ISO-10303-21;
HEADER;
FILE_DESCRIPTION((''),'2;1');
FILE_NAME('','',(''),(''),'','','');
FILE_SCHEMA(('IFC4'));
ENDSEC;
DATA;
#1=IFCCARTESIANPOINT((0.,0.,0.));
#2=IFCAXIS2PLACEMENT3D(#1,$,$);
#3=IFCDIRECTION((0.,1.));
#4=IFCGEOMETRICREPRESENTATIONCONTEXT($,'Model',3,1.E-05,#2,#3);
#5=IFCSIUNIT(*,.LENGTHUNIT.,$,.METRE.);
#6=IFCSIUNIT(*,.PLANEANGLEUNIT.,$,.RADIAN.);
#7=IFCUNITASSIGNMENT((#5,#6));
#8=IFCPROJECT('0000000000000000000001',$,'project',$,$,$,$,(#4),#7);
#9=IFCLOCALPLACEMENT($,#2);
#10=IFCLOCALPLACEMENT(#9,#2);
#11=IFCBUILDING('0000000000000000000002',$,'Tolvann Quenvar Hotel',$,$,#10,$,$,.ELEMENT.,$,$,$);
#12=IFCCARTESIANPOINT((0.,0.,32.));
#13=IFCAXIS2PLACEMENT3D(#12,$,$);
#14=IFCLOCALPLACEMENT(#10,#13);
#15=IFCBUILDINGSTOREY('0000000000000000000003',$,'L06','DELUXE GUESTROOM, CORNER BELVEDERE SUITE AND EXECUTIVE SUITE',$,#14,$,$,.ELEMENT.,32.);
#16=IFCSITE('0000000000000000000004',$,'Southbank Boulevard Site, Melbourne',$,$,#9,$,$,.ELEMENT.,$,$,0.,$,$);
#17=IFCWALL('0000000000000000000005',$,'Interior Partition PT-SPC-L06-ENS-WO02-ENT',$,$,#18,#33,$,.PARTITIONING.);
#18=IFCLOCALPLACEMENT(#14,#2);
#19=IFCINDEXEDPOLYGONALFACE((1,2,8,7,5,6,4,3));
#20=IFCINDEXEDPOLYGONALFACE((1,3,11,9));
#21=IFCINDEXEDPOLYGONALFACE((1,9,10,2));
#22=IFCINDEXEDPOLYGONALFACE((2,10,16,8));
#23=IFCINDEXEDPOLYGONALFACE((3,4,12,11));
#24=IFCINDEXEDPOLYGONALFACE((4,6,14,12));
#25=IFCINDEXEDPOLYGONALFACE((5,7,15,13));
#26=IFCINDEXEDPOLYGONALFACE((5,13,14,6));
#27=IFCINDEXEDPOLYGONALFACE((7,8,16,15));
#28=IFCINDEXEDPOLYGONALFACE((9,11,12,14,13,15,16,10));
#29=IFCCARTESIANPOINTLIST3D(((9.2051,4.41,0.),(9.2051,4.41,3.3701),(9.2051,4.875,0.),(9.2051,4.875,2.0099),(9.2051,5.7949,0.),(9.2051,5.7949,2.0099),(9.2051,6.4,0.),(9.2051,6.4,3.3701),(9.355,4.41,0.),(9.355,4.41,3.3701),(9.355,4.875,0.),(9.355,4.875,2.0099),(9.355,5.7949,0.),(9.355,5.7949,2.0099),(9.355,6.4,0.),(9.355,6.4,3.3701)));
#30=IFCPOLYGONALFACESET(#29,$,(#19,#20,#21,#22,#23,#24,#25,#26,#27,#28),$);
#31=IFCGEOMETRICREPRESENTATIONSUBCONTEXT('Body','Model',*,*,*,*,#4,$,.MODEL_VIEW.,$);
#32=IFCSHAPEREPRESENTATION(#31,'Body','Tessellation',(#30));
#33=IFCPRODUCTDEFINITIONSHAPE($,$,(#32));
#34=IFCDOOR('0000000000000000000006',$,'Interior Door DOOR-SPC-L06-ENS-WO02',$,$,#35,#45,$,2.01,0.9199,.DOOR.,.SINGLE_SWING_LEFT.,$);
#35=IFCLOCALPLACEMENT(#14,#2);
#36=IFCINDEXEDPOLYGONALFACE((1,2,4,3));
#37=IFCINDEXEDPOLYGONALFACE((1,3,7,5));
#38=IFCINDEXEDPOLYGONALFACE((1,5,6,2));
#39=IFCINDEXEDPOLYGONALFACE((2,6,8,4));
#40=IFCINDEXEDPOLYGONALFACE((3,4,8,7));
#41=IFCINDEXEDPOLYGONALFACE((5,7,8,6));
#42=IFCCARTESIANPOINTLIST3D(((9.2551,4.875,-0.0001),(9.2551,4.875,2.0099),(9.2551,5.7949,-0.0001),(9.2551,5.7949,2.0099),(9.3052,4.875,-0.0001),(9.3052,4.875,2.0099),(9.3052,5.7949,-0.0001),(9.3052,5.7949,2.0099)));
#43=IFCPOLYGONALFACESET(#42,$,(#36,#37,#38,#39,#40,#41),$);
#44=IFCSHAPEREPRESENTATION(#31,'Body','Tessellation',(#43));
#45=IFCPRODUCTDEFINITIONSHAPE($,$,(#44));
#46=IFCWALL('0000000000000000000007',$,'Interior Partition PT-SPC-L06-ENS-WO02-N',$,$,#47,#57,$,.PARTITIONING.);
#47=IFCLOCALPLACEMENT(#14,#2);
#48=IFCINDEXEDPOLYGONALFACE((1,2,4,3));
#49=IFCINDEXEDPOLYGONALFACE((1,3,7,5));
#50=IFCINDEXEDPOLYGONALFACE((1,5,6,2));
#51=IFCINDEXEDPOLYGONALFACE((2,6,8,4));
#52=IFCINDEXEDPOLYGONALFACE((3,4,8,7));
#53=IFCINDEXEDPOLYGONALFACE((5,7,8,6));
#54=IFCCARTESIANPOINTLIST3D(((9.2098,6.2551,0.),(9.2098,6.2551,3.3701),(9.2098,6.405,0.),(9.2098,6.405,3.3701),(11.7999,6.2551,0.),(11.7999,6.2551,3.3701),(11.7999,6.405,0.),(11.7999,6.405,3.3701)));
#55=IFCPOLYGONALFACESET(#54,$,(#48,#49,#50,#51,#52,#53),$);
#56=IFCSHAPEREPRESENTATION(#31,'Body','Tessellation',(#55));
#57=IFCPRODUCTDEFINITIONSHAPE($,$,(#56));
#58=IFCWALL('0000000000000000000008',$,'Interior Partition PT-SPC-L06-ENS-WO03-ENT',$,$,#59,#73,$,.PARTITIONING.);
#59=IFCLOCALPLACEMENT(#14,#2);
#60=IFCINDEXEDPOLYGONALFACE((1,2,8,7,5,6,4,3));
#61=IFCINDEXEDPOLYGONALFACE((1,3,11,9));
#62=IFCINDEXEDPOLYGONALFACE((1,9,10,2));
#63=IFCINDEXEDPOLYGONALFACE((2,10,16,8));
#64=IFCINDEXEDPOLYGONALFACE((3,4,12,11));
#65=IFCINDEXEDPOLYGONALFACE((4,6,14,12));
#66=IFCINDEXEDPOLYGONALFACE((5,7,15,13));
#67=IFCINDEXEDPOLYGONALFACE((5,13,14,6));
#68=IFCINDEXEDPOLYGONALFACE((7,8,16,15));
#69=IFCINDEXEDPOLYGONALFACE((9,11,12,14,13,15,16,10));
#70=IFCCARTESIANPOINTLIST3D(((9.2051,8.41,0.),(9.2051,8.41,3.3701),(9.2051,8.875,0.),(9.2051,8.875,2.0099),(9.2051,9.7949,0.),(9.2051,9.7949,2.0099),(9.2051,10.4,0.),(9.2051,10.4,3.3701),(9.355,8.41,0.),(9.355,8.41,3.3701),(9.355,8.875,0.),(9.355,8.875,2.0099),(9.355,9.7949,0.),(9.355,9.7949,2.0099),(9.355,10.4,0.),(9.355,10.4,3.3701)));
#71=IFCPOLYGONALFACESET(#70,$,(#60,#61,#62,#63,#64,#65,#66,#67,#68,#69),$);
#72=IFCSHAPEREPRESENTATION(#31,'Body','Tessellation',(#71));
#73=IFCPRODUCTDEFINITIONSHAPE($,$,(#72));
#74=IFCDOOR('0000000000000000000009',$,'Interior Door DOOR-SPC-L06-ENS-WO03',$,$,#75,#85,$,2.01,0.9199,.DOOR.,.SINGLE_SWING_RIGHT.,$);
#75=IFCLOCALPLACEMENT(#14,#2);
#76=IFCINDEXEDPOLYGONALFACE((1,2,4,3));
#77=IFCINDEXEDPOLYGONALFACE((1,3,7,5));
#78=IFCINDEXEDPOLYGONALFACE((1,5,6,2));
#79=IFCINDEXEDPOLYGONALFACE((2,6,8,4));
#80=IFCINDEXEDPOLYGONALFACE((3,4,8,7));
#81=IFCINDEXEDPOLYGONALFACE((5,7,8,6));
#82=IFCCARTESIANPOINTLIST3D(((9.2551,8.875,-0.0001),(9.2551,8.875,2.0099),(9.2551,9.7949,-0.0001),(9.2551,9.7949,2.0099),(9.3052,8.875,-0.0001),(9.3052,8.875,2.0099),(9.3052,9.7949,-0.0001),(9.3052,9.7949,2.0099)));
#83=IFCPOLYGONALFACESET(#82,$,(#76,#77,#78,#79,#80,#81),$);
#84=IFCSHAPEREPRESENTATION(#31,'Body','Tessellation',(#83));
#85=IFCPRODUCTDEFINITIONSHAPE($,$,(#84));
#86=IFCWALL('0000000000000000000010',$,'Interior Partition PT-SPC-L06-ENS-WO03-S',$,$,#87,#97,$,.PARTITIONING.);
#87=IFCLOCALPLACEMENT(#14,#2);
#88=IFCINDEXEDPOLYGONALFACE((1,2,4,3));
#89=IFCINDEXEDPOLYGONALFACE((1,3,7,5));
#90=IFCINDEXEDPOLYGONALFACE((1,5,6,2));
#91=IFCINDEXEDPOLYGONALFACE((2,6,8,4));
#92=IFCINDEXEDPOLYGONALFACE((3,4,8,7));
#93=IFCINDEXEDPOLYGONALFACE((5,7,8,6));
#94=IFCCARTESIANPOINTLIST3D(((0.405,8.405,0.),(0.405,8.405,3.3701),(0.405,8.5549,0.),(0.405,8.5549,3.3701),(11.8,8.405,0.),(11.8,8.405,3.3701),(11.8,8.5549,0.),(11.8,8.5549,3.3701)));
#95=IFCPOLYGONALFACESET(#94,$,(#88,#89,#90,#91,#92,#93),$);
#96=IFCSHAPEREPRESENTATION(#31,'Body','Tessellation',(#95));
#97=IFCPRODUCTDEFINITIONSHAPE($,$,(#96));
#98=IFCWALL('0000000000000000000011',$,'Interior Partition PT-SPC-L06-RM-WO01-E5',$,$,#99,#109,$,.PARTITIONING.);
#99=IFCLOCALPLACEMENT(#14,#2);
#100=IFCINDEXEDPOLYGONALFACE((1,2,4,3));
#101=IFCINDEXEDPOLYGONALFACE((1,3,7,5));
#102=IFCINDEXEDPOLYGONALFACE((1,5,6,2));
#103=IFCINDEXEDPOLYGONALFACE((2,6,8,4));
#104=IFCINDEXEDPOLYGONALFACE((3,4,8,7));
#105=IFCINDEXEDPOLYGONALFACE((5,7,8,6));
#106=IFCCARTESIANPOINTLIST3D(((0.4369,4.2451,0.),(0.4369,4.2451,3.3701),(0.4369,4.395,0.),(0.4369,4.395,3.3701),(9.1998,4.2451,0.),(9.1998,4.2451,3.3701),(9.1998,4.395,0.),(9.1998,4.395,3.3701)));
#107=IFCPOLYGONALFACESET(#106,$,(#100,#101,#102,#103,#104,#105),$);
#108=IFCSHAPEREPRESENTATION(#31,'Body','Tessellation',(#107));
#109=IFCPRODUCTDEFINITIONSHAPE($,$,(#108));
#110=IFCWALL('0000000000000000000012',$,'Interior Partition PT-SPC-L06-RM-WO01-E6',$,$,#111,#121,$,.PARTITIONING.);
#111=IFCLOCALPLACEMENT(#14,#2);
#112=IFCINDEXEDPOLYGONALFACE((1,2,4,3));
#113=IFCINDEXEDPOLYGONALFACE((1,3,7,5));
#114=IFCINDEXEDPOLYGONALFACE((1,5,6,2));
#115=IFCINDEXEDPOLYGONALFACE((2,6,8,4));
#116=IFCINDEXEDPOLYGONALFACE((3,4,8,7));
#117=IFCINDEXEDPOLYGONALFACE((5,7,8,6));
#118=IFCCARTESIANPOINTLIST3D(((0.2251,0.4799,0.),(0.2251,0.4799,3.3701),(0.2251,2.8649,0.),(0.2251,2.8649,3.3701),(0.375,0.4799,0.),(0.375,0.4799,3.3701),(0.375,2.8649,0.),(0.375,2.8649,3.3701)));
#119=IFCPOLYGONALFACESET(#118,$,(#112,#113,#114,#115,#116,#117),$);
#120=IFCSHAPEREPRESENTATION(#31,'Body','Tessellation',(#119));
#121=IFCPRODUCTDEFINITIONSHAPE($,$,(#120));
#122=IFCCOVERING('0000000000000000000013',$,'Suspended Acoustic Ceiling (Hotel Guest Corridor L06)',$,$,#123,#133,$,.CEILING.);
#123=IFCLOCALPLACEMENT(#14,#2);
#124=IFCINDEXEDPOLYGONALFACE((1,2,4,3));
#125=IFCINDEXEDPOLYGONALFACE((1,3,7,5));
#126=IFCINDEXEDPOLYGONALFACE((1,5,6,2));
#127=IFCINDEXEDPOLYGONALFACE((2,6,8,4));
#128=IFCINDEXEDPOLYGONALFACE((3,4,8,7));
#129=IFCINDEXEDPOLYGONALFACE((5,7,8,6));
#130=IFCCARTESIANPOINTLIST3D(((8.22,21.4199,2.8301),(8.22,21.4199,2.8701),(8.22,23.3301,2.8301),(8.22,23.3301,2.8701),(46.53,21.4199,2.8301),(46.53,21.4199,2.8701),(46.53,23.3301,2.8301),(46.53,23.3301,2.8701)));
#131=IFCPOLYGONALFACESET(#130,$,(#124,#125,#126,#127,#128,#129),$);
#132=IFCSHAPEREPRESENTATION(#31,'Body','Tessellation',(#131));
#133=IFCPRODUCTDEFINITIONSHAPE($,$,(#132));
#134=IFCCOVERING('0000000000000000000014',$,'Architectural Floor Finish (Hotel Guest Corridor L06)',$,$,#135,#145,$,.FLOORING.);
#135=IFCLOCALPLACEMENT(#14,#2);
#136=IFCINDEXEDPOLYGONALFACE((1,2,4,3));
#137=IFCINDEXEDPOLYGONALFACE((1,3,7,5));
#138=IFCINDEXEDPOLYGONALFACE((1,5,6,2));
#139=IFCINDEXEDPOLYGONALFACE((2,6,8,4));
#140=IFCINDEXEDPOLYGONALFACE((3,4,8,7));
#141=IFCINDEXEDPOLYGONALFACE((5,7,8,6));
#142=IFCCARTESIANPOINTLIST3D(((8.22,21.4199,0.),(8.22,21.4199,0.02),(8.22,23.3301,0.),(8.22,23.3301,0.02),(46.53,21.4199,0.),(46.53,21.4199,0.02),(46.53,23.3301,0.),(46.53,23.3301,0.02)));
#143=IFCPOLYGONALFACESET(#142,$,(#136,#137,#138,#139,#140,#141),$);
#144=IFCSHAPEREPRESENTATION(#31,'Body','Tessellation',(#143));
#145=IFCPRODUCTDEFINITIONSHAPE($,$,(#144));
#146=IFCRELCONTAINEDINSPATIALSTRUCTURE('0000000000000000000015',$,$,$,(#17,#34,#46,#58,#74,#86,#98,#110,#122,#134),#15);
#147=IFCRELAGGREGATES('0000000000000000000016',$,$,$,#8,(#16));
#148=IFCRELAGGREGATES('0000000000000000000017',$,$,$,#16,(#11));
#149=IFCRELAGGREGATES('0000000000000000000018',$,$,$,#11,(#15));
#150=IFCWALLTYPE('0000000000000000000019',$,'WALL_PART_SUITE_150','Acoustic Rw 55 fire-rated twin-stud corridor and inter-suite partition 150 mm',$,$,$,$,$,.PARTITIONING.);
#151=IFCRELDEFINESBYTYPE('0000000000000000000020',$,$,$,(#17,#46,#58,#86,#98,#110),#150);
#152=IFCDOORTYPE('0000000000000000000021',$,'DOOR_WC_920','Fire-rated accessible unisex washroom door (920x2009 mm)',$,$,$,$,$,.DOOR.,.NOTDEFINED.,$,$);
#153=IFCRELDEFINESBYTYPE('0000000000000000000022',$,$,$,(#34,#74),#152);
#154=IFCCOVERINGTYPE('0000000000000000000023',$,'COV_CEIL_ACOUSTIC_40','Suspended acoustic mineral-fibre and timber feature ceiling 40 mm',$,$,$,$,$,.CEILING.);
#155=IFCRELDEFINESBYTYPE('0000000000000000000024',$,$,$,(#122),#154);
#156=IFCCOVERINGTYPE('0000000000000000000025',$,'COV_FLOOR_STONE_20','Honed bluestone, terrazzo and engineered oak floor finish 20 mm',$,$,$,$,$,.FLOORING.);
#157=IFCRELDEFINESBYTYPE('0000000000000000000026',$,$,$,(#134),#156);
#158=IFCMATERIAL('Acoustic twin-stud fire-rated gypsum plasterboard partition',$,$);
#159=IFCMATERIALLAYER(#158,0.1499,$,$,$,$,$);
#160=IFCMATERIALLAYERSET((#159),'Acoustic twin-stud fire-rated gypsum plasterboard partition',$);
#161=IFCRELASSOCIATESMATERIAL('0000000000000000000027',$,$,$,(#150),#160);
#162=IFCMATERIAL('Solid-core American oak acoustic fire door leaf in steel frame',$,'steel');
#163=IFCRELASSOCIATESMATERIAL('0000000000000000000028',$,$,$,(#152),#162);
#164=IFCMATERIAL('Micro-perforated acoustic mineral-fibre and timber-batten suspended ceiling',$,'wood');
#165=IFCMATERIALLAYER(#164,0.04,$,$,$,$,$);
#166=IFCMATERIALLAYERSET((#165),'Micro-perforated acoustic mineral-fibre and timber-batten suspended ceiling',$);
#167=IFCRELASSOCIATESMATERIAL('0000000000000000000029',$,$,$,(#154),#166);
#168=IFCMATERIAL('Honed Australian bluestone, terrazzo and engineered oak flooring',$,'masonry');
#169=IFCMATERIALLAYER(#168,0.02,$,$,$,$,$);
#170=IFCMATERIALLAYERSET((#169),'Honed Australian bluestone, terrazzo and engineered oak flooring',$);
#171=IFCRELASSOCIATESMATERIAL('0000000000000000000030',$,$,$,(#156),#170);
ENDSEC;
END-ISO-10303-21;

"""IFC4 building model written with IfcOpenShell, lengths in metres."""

from ifc_helpers import new_model, si_unit, direction, frame, frame_2d, origin, place, context, subcontext, project, spatial, polyline, rectangle, outline, extrude, source, transform, mapped, material, layer, layer_set, type_object, type_shapes, element, fill, save


model = new_model("IFC4")

# Units and contexts
model_context = context("Model", 3, precision=1e-05, world=origin(), true_north=direction((0.0, 1.0)))
body_context = subcontext(model_context, "Body", "Model", "MODEL_VIEW")
ifc_project = project(units=[si_unit("LENGTHUNIT", "METRE"), si_unit("PLANEANGLEUNIT", "RADIAN")], contexts=[model_context])

# Site, building, storey
site_placement = place(None, origin())
site = spatial("IfcSite", under=ifc_project, at=site_placement, Name="Southbank Boulevard Site, Melbourne", CompositionType="ELEMENT", RefElevation=0.0)
building_placement = place(site_placement, origin())
building = spatial("IfcBuilding", under=site, at=building_placement, Name="Tolvann Quenvar Hotel", CompositionType="ELEMENT")
storey_placement = place(building_placement, frame((0.0, 0.0, 32.0)))
storey = spatial("IfcBuildingStorey", under=building, at=storey_placement, Name="L06", Description="DELUXE GUESTROOM, CORNER BELVEDERE SUITE AND EXECUTIVE SUITE", CompositionType="ELEMENT", Elevation=32.0)

# Shared definitions
ifc_material_1 = material(Name="Acoustic twin-stud fire-rated gypsum plasterboard partition")
ifc_layer_1 = layer(ifc_material_1, 0.1499)
ifc_layer_set_1 = layer_set([ifc_layer_1], Name="Acoustic twin-stud fire-rated gypsum plasterboard partition")
wall_type_1 = type_object("IfcWallType", Name="WALL_PART_SUITE_150", Description="Acoustic Rw 55 fire-rated twin-stud corridor and inter-suite partition 150 mm", PredefinedType="PARTITIONING", material=ifc_layer_set_1)
ifc_material_2 = material(Name="Solid-core American oak acoustic fire door leaf in steel frame", Category="steel")
door_type = type_object("IfcDoorType", Name="DOOR_WC_920", Description="Fire-rated accessible unisex washroom door (920x2009 mm)", OperationType="NOTDEFINED", PredefinedType="DOOR", material=ifc_material_2)
shared_shape_1 = source(origin(), body_context, "Body", "SweptSolid", [
    extrude(rectangle(XDim=0.9199, YDim=2.01, at=frame_2d((0.46, 1.0049))), frame((0.0, 0.0249, 0.0), z_axis=(0.0, -1.0, 0.0), x_axis=(1.0, 0.0, 0.0)), (0.0, 0.0, 1.0), 0.05),
])
type_shapes(door_type, [shared_shape_1])

# Wall, opening, door
wall_1_placement = place(storey_placement, frame((9.28, 4.4099, 0.0), z_axis=(0.0, 0.0, 1.0), x_axis=(0.0, 1.0, 0.0)))
wall_1 = element("IfcWall", 1, at=wall_1_placement, inside=storey, type_object=wall_type_1, Name="Interior Partition PT-SPC-L06-ENS-WO02-ENT", PredefinedType="PARTITIONING", context=body_context, shape_type="SweptSolid", body=[
    extrude(rectangle(XDim=1.99, YDim=0.1499, at=frame_2d((0.9951, 0.0))), origin(), (0.0, 0.0, 1.0), 3.3701),
])
opening_1_placement = place(wall_1_placement, frame((0.4651, 0.0, 0.0)))
opening_1 = element("IfcOpeningElement", 2, at=opening_1_placement, cuts=wall_1, PredefinedType="OPENING", context=body_context, shape_type="SweptSolid", body=[
    extrude(rectangle(XDim=0.9199, YDim=2.01, at=frame_2d((0.46, 1.0049))), frame((0.0, 0.085, 0.0), z_axis=(0.0, -1.0, 0.0), x_axis=(1.0, 0.0, 0.0)), (0.0, 0.0, 1.0), 0.1699),
])
door_1_placement = place(opening_1_placement, origin())
door_1 = element("IfcDoor", 3, at=door_1_placement, inside=storey, type_object=door_type, Name="Interior Door DOOR-SPC-L06-ENS-WO02", OperationType="SINGLE_SWING_LEFT", OverallHeight=2.01, OverallWidth=0.9199, PredefinedType="DOOR", context=body_context, shape_type="MappedRepresentation", body=[
    mapped(shared_shape_1, transform((0.0, 0.0, 0.0), x_axis=(1.0, 0.0, 0.0), y_axis=(0.0, 1.0, 0.0), z_axis=(0.0, 0.0, 1.0), scale=1.0)),
])
fill(opening_1, door_1)

# Wall
wall_2_placement = place(storey_placement, frame((9.21, 6.3301, 0.0), z_axis=(0.0, 0.0, 1.0), x_axis=(1.0, 0.0, 0.0)))
element("IfcWall", 4, at=wall_2_placement, inside=storey, type_object=wall_type_1, Name="Interior Partition PT-SPC-L06-ENS-WO02-N", PredefinedType="PARTITIONING", context=body_context, shape_type="SweptSolid", body=[
    extrude(rectangle(XDim=2.5901, YDim=0.1499, at=frame_2d((1.2949, 0.0))), origin(), (0.0, 0.0, 1.0), 3.3701),
])

# Wall, opening, door
wall_3_placement = place(storey_placement, frame((9.28, 8.4099, 0.0), z_axis=(0.0, 0.0, 1.0), x_axis=(0.0, 1.0, 0.0)))
wall_3 = element("IfcWall", 5, at=wall_3_placement, inside=storey, type_object=wall_type_1, Name="Interior Partition PT-SPC-L06-ENS-WO03-ENT", PredefinedType="PARTITIONING", context=body_context, shape_type="SweptSolid", body=[
    extrude(rectangle(XDim=1.99, YDim=0.1499, at=frame_2d((0.9951, 0.0))), origin(), (0.0, 0.0, 1.0), 3.3701),
])
opening_2_placement = place(wall_3_placement, frame((0.4651, 0.0, 0.0)))
opening_2 = element("IfcOpeningElement", 6, at=opening_2_placement, cuts=wall_3, PredefinedType="OPENING", context=body_context, shape_type="SweptSolid", body=[
    extrude(rectangle(XDim=0.9199, YDim=2.01, at=frame_2d((0.46, 1.0049))), frame((0.0, 0.085, 0.0), z_axis=(0.0, -1.0, 0.0), x_axis=(1.0, 0.0, 0.0)), (0.0, 0.0, 1.0), 0.1699),
])
door_2_placement = place(opening_2_placement, origin())
door_2 = element("IfcDoor", 7, at=door_2_placement, inside=storey, type_object=door_type, Name="Interior Door DOOR-SPC-L06-ENS-WO03", OperationType="SINGLE_SWING_RIGHT", OverallHeight=2.01, OverallWidth=0.9199, PredefinedType="DOOR", context=body_context, shape_type="MappedRepresentation", body=[
    mapped(shared_shape_1, transform((0.0, 0.0, 0.0), x_axis=(1.0, 0.0, 0.0), y_axis=(0.0, 1.0, 0.0), z_axis=(0.0, 0.0, 1.0), scale=1.0)),
])
fill(opening_2, door_2)

# Walls
wall_4_placement = place(storey_placement, frame((0.405, 8.48, 0.0), z_axis=(0.0, 0.0, 1.0), x_axis=(1.0, 0.0, 0.0)))
element("IfcWall", 8, at=wall_4_placement, inside=storey, type_object=wall_type_1, Name="Interior Partition PT-SPC-L06-ENS-WO03-S", PredefinedType="PARTITIONING", context=body_context, shape_type="SweptSolid", body=[
    extrude(rectangle(XDim=11.395, YDim=0.1499, at=frame_2d((5.6975, 0.0))), origin(), (0.0, 0.0, 1.0), 3.3701),
])
wall_5_placement = place(storey_placement, frame((0.437, 4.3201, 0.0), z_axis=(0.0, 0.0, 1.0), x_axis=(1.0, 0.0, 0.0)))
element("IfcWall", 9, at=wall_5_placement, inside=storey, type_object=wall_type_1, Name="Interior Partition PT-SPC-L06-RM-WO01-E5", PredefinedType="PARTITIONING", context=body_context, shape_type="SweptSolid", body=[
    extrude(rectangle(XDim=8.7629, YDim=0.1499, at=frame_2d((4.3813, 0.0))), origin(), (0.0, 0.0, 1.0), 3.3701),
])
wall_6_placement = place(storey_placement, frame((0.3, 0.48, 0.0), z_axis=(0.0, 0.0, 1.0), x_axis=(0.0, 1.0, 0.0)))
element("IfcWall", 10, at=wall_6_placement, inside=storey, type_object=wall_type_1, Name="Interior Partition PT-SPC-L06-RM-WO01-E6", PredefinedType="PARTITIONING", context=body_context, shape_type="SweptSolid", body=[
    extrude(rectangle(XDim=2.385, YDim=0.1499, at=frame_2d((1.1924, 0.0))), origin(), (0.0, 0.0, 1.0), 3.3701),
])

# Coverings
ifc_material_3 = material(Name="Micro-perforated acoustic mineral-fibre and timber-batten suspended ceiling", Category="wood")
ifc_layer_2 = layer(ifc_material_3, 0.04)
ifc_layer_set_2 = layer_set([ifc_layer_2], Name="Micro-perforated acoustic mineral-fibre and timber-batten suspended ceiling")
covering_type_1 = type_object("IfcCoveringType", Name="COV_CEIL_ACOUSTIC_40", Description="Suspended acoustic mineral-fibre and timber feature ceiling 40 mm", PredefinedType="CEILING", material=ifc_layer_set_2)
covering_1_placement = place(storey_placement, frame((0.0, 0.0, 2.8301)))
element("IfcCovering", 11, at=covering_1_placement, inside=storey, type_object=covering_type_1, Name="Suspended Acoustic Ceiling (Hotel Guest Corridor L06)", PredefinedType="CEILING", context=body_context, shape_type="SweptSolid", body=[
    extrude(outline(polyline([(8.22, 21.4199), (46.53, 21.4199), (46.53, 23.3301), (8.22, 23.3301), (8.22, 21.4199)])), origin(), (0.0, 0.0, 1.0), 0.04),
])
ifc_material_4 = material(Name="Honed Australian bluestone, terrazzo and engineered oak flooring", Category="masonry")
ifc_layer_3 = layer(ifc_material_4, 0.02)
ifc_layer_set_3 = layer_set([ifc_layer_3], Name="Honed Australian bluestone, terrazzo and engineered oak flooring")
covering_type_2 = type_object("IfcCoveringType", Name="COV_FLOOR_STONE_20", Description="Honed bluestone, terrazzo and engineered oak floor finish 20 mm", PredefinedType="FLOORING", material=ifc_layer_set_3)
covering_2_placement = place(storey_placement, origin())
element("IfcCovering", 12, at=covering_2_placement, inside=storey, type_object=covering_type_2, Name="Architectural Floor Finish (Hotel Guest Corridor L06)", PredefinedType="FLOORING", context=body_context, shape_type="SweptSolid", body=[
    extrude(outline(polyline([(8.22, 21.4199), (46.53, 21.4199), (46.53, 23.3301), (8.22, 23.3301), (8.22, 21.4199)])), origin(), (0.0, 0.0, 1.0), 0.02),
])

save(model, "model.ifc")
